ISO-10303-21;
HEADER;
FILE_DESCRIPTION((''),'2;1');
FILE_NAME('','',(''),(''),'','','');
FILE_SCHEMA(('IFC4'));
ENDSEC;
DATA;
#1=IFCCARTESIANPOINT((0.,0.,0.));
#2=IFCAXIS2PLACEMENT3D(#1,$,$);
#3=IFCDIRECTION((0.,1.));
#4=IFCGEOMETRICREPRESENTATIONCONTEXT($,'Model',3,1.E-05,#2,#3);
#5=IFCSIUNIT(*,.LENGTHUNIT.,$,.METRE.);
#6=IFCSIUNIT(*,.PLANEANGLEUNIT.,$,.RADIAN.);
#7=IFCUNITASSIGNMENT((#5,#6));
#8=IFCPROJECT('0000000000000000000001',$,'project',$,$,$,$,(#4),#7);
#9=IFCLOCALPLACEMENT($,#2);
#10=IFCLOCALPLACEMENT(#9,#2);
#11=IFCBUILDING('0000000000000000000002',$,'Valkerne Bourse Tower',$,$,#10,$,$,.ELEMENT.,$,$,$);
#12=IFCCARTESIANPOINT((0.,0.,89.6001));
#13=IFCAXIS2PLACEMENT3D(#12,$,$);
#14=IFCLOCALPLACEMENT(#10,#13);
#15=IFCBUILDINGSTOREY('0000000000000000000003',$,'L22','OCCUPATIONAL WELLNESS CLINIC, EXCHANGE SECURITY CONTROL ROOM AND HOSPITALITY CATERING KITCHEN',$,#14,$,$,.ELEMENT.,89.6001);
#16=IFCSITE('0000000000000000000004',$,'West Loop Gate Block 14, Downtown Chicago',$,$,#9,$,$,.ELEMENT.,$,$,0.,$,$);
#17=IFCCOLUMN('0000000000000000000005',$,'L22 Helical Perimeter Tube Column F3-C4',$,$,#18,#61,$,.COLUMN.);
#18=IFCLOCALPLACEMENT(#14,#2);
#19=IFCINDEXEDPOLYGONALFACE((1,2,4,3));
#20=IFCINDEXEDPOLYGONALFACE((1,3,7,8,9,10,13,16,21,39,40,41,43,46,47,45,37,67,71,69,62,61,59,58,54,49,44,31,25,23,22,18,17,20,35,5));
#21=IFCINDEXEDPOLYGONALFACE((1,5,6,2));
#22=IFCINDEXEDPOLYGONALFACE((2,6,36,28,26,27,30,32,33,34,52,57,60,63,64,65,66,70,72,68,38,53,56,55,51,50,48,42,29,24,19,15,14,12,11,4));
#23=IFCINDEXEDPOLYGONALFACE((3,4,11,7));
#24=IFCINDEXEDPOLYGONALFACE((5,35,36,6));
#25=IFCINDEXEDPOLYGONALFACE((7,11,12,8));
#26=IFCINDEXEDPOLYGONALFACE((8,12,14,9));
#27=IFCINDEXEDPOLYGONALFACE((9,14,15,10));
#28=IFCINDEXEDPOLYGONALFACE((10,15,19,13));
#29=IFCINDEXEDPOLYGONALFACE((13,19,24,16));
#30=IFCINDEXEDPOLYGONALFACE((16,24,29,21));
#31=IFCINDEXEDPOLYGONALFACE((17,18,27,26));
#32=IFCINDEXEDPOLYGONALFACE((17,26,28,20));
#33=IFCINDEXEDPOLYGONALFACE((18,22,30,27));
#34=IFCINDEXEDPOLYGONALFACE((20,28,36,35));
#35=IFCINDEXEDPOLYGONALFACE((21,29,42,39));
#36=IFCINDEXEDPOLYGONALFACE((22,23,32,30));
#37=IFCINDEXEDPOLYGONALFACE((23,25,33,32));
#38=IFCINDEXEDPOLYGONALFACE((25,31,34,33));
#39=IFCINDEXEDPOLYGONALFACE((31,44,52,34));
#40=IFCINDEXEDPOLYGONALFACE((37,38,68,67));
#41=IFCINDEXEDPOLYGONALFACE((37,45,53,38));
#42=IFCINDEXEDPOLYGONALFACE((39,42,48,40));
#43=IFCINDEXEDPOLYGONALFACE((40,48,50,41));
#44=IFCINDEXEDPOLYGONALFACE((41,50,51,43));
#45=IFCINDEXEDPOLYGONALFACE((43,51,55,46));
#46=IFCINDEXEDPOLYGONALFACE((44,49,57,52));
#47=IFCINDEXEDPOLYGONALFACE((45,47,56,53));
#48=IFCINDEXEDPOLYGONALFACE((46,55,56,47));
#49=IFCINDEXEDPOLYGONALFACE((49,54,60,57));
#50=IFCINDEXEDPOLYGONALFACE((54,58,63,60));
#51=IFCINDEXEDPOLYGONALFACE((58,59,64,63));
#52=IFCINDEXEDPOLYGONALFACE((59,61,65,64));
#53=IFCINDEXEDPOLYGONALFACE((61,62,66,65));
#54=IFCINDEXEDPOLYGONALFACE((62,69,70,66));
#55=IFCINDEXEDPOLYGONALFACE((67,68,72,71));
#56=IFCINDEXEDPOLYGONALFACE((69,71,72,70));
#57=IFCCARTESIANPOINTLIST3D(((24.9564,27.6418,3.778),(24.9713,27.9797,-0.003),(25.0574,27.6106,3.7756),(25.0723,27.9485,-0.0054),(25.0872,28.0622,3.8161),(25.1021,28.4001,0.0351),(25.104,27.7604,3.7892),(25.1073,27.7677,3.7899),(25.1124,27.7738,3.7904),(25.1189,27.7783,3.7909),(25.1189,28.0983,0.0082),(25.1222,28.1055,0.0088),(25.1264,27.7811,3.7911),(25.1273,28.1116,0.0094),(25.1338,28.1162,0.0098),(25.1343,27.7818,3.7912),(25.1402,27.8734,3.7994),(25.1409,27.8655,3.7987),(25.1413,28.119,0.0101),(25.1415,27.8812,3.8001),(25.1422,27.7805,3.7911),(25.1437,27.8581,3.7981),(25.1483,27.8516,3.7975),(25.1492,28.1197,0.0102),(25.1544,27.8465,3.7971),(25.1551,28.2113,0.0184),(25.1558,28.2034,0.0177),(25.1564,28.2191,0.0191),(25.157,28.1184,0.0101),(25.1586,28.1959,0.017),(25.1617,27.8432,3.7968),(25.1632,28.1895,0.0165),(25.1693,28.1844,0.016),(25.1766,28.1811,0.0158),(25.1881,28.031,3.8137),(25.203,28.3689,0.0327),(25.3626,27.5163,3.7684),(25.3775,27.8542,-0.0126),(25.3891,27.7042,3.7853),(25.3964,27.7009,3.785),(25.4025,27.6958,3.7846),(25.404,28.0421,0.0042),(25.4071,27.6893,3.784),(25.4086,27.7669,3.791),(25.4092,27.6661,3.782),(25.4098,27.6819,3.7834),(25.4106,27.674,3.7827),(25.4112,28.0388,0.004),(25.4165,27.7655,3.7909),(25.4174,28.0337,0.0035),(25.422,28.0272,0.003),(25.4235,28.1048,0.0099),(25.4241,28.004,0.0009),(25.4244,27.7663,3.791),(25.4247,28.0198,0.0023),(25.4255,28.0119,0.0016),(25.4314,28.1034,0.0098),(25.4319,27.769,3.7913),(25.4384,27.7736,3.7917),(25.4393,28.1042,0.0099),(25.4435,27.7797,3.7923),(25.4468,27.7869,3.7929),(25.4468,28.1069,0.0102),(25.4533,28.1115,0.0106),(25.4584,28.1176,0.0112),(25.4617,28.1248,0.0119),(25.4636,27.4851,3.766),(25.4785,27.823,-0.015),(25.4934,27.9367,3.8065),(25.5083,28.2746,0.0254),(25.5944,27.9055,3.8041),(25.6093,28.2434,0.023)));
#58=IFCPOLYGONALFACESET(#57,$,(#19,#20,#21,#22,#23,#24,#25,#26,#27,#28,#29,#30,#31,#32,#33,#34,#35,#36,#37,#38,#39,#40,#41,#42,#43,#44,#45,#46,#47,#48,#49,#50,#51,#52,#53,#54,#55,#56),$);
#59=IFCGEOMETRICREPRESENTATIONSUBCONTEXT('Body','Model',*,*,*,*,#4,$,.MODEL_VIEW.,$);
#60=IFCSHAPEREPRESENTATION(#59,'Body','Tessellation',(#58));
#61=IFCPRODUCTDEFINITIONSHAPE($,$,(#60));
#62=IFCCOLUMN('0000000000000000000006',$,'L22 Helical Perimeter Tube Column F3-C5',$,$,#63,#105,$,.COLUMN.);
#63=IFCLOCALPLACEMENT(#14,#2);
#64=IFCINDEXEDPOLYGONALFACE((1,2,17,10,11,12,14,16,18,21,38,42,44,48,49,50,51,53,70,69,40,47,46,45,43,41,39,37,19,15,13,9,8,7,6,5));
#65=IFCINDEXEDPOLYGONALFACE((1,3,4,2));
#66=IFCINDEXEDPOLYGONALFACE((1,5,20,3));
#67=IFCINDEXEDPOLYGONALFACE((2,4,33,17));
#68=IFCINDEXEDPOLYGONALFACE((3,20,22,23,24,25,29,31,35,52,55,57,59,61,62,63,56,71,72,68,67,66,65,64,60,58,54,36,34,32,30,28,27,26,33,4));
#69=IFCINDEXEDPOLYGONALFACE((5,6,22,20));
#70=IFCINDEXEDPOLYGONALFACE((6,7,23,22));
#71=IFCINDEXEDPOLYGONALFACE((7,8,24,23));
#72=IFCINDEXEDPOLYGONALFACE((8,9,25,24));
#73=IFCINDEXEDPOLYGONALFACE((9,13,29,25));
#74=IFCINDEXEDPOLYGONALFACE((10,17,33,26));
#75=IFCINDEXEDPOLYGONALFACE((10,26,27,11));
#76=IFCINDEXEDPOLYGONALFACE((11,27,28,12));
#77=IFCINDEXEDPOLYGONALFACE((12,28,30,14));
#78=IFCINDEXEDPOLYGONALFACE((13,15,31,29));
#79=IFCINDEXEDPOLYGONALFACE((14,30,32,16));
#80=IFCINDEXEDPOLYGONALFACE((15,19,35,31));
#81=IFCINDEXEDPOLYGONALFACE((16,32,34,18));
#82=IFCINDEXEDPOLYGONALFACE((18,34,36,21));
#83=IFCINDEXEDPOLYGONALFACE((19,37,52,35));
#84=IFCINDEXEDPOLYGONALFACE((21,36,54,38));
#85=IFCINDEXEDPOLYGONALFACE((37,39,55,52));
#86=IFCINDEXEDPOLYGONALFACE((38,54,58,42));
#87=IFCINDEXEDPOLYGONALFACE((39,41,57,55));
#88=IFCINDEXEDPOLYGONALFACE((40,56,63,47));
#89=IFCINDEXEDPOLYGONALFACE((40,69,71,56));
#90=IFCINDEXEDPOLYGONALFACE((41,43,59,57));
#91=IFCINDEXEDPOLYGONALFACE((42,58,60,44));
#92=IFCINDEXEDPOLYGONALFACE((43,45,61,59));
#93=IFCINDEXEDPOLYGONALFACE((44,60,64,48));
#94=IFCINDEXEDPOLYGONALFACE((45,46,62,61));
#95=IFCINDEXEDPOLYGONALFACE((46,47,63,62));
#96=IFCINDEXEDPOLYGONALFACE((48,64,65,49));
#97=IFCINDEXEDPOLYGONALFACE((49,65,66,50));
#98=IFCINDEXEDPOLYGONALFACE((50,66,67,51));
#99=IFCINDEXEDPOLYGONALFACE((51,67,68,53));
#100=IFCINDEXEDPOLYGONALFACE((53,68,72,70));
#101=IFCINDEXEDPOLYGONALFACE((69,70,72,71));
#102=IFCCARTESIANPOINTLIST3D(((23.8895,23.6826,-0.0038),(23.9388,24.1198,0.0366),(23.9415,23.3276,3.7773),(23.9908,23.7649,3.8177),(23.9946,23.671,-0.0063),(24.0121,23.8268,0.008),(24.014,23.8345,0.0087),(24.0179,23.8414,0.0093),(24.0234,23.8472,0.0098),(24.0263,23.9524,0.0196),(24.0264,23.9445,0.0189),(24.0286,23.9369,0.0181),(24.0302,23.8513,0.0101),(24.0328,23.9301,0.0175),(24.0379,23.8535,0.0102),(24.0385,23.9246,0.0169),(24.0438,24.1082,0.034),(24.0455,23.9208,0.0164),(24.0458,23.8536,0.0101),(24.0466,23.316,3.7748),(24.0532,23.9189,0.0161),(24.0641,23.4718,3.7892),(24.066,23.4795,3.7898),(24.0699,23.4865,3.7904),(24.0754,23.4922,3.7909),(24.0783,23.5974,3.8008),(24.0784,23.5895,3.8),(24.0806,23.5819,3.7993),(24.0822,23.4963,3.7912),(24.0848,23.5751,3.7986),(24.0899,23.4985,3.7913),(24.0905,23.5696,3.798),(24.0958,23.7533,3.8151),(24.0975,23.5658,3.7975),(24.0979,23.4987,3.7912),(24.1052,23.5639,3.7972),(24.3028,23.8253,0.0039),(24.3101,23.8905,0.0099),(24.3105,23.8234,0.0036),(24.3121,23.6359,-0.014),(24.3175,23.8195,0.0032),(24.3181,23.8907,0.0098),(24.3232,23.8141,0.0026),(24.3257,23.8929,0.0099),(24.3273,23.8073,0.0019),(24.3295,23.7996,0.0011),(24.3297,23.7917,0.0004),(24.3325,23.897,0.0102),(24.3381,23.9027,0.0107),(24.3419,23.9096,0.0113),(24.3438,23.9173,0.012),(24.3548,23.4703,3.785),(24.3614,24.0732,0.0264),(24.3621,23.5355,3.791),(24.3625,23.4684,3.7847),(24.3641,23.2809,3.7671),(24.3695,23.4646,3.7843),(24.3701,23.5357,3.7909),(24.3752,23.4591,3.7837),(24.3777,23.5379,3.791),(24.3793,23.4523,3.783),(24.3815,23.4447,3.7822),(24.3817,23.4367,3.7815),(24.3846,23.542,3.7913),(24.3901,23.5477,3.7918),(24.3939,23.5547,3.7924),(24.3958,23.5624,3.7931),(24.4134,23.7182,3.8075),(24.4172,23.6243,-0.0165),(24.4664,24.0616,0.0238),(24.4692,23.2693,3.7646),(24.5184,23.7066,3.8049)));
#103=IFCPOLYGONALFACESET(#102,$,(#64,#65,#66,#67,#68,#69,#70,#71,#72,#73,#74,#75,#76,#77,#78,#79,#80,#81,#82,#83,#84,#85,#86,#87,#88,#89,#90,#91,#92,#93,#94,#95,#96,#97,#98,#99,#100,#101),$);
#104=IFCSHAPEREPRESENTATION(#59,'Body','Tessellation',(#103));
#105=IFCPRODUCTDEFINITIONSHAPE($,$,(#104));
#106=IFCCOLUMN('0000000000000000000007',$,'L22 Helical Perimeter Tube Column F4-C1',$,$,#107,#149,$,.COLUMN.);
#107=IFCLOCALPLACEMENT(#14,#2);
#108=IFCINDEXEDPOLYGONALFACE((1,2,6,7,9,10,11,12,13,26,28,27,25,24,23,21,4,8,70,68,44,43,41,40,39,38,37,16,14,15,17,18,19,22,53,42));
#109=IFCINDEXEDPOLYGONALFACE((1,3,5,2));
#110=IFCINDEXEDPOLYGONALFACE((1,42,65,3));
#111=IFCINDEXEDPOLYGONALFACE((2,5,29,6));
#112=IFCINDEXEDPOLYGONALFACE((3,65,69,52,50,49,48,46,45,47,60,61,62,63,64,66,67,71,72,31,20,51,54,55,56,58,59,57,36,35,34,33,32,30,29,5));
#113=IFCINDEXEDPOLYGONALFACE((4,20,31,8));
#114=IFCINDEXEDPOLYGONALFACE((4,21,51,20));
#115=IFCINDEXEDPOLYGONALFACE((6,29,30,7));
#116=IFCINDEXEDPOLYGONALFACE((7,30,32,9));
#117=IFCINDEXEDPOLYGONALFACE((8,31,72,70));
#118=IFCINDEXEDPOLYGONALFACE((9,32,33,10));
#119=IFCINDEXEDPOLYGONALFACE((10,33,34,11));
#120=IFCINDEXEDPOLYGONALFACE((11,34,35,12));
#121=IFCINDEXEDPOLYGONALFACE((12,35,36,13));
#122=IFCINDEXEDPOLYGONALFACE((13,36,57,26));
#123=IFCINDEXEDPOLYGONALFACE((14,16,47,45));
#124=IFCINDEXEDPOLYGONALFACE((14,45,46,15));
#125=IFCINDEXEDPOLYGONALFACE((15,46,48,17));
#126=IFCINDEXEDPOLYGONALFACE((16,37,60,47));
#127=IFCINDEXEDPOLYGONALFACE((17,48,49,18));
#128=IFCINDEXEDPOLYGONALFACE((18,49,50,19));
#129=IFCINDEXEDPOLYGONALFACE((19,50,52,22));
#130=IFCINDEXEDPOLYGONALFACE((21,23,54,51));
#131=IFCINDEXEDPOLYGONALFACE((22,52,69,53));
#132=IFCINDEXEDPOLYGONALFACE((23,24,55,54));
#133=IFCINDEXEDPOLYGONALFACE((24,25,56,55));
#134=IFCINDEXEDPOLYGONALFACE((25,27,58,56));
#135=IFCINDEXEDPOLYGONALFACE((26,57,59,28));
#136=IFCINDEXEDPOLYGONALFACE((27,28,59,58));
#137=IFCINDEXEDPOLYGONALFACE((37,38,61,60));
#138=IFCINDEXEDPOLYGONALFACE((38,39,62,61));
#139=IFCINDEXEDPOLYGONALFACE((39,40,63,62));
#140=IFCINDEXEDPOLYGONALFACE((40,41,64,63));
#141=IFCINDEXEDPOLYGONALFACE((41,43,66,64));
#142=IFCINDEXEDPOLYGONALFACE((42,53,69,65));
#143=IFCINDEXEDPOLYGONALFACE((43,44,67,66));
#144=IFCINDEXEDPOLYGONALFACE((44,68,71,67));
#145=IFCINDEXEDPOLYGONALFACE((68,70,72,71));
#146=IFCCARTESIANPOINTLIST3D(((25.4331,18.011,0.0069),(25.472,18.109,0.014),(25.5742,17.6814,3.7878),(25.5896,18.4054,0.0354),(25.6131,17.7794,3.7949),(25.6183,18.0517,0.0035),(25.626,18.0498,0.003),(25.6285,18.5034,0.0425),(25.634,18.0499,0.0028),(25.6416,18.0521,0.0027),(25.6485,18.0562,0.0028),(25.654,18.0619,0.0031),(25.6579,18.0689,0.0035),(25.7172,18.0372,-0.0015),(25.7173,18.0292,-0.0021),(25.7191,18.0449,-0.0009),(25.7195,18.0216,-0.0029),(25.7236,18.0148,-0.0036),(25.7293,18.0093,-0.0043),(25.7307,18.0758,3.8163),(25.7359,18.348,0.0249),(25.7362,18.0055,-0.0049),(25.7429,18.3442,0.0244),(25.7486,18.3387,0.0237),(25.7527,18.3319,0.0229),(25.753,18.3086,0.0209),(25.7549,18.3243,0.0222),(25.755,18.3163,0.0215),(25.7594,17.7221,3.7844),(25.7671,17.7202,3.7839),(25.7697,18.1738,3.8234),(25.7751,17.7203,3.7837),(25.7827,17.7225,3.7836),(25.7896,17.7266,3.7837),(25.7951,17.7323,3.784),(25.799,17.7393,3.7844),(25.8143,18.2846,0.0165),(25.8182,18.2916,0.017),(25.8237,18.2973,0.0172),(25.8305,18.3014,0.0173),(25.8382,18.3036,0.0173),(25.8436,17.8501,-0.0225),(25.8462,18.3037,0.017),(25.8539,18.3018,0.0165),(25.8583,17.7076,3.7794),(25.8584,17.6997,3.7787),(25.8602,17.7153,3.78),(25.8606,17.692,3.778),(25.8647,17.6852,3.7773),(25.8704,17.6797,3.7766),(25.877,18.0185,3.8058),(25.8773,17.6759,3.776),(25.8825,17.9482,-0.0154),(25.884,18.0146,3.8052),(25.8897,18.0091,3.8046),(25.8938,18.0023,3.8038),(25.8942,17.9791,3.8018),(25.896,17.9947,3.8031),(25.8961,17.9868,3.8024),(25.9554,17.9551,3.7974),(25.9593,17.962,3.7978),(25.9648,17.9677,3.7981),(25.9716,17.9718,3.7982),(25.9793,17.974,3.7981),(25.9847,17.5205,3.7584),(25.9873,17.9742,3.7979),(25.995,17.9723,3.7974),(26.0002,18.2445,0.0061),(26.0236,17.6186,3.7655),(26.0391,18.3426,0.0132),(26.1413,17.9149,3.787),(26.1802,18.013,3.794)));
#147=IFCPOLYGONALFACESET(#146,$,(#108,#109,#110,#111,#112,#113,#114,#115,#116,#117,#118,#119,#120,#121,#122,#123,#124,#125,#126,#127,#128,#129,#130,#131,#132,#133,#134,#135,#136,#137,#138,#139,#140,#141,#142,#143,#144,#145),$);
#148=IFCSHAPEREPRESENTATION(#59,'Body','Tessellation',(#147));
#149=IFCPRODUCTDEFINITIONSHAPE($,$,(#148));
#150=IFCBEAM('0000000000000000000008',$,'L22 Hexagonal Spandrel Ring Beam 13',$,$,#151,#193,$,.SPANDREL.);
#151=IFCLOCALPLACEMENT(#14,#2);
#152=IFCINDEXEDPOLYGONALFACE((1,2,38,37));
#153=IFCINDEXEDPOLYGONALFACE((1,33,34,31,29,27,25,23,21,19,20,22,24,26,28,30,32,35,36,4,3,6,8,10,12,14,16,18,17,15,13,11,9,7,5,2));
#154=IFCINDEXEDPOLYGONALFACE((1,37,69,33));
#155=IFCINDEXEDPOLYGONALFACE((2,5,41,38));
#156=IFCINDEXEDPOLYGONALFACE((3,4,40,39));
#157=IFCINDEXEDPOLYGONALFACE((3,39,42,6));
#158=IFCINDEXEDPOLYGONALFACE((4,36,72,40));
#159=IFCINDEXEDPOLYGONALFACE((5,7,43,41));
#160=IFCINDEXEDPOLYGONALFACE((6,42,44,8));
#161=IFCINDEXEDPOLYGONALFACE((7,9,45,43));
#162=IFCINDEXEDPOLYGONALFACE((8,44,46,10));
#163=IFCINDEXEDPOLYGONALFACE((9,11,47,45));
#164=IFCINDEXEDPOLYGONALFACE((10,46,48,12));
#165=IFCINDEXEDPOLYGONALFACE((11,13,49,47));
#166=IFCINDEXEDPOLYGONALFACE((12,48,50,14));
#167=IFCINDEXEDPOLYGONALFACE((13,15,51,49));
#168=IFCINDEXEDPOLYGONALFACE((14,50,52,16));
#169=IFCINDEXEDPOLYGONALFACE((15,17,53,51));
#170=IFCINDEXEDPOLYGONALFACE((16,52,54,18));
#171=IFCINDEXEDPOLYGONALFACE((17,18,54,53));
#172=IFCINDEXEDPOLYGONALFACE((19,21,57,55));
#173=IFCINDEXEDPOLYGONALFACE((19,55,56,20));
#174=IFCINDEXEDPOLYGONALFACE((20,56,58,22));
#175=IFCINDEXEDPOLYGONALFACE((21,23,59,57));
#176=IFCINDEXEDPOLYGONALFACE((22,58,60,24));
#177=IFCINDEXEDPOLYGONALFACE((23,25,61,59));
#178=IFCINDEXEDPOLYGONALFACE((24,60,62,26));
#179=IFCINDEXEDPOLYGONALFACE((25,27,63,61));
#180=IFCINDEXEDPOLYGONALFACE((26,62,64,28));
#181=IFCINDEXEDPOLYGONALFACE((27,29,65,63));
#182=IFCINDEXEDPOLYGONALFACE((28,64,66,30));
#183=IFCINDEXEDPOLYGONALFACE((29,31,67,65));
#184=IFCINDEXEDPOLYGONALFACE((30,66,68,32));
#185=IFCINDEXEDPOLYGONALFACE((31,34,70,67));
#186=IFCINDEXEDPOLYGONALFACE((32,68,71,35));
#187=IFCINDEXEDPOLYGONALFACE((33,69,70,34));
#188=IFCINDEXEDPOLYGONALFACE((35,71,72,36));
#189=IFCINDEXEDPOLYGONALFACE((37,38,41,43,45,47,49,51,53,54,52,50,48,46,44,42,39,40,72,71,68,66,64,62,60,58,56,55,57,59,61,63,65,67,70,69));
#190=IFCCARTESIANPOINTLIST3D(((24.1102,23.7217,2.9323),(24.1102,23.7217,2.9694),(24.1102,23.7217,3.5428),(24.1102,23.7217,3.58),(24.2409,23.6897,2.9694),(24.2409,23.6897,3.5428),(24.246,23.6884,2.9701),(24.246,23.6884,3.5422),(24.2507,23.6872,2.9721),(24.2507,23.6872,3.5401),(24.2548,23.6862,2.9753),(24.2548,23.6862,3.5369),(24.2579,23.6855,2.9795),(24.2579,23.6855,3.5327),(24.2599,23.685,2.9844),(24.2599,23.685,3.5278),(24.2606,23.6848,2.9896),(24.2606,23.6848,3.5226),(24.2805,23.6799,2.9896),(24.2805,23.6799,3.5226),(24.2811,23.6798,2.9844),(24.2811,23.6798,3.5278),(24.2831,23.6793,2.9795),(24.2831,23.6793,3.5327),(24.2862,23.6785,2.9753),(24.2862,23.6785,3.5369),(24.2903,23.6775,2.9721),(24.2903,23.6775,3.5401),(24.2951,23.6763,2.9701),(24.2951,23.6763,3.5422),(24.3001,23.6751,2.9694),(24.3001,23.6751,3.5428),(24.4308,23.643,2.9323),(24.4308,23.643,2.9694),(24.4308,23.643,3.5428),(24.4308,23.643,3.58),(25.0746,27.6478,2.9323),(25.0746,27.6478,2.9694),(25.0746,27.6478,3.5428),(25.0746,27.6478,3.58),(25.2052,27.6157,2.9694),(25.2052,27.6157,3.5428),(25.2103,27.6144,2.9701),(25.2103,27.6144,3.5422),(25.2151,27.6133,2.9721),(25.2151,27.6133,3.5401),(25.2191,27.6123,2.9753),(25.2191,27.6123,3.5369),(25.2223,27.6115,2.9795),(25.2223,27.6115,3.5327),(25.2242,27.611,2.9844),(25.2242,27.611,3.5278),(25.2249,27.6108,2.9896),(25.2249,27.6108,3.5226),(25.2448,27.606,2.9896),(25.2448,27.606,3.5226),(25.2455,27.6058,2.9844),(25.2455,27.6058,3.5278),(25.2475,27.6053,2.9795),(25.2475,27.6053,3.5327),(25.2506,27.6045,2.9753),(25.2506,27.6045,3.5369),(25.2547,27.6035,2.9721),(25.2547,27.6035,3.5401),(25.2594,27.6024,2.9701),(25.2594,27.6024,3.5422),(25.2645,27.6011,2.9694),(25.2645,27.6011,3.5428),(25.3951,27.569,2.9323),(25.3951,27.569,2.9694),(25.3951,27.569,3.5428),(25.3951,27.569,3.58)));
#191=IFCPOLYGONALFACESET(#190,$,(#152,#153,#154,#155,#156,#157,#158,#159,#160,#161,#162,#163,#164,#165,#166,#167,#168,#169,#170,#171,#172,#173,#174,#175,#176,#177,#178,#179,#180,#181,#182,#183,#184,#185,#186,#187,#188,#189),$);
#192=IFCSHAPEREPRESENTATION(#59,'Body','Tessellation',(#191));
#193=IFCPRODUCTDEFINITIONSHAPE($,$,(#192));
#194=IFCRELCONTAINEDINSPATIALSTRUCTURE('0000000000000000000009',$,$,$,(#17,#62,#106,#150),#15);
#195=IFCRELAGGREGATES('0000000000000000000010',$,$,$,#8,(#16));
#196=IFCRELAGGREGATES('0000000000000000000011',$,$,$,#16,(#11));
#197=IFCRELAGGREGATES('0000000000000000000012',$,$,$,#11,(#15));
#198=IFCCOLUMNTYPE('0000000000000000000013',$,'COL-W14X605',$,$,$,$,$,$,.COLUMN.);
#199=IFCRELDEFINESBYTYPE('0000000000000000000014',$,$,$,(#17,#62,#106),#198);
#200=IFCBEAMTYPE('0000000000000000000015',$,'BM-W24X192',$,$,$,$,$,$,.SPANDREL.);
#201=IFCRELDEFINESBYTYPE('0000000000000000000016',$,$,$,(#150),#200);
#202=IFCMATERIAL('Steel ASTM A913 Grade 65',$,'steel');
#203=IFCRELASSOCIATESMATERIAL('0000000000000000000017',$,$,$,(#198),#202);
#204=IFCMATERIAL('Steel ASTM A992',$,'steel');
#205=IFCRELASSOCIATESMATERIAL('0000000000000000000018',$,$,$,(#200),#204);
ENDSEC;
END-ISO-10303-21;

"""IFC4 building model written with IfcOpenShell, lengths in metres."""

from ifc_helpers import new_model, si_unit, direction, frame, origin, origin_2d, place, context, subcontext, project, spatial, i_section, extrude, material, material_profile, profile_set, type_object, element, save


model = new_model("IFC4")

# Units and contexts
model_context = context("Model", 3, precision=1e-05, world=origin(), true_north=direction((0.0, 1.0)))
body_context = subcontext(model_context, "Body", "Model", "MODEL_VIEW")
ifc_project = project(units=[si_unit("LENGTHUNIT", "METRE"), si_unit("PLANEANGLEUNIT", "RADIAN")], contexts=[model_context])

# Site, building, storey
site_placement = place(None, origin())
site = spatial("IfcSite", under=ifc_project, at=site_placement, Name="West Loop Gate Block 14, Downtown Chicago", CompositionType="ELEMENT", RefElevation=0.0)
building_placement = place(site_placement, origin())
building = spatial("IfcBuilding", under=site, at=building_placement, Name="Valkerne Bourse Tower", CompositionType="ELEMENT")
storey_placement = place(building_placement, frame((0.0, 0.0, 89.6001)))
storey = spatial("IfcBuildingStorey", under=building, at=storey_placement, Name="L22", Description="OCCUPATIONAL WELLNESS CLINIC, EXCHANGE SECURITY CONTROL ROOM AND HOSPITALITY CATERING KITCHEN", CompositionType="ELEMENT", Elevation=89.6001)

# Columns
ifc_material_1 = material(Name="Steel ASTM A913 Grade 65", Category="steel")
ifc_material_profile_1 = material_profile(ifc_material_1, i_section(OverallWidth=0.4419, OverallDepth=0.531, WebThickness=0.0659, FlangeThickness=0.1057, FilletRadius=0.0305, at=origin_2d()), Name="W14X605")
ifc_profile_set_1 = profile_set([ifc_material_profile_1], Name="Steel ASTM A913 Grade 65")
column_type = type_object("IfcColumnType", Name="COL-W14X605", PredefinedType="COLUMN", material=ifc_profile_set_1)
column_1_placement = place(storey_placement, frame((25.2903, 28.1116, 0.01), z_axis=(-0.003923, -0.08901, 0.996023), x_axis=(-0.295934, -0.951313, -0.08618)))
element("IfcColumn", 1, at=column_1_placement, inside=storey, type_object=column_type, Name="L22 Helical Perimeter Tube Column F3-C4", PredefinedType="COLUMN", context=body_context, shape_type="SweptSolid", body=[
    extrude(i_section(OverallWidth=0.4419, OverallDepth=0.531, WebThickness=0.0659, FlangeThickness=0.1057, FilletRadius=0.0305, at=origin_2d()), origin(), (0.0, 0.0, 1.0), 3.7961),
])
column_2_placement = place(storey_placement, frame((24.178, 23.8721, 0.01), z_axis=(0.013692, -0.093465, 0.995528), x_axis=(-0.111504, -0.989555, -0.091371)))
element("IfcColumn", 2, at=column_2_placement, inside=storey, type_object=column_type, Name="L22 Helical Perimeter Tube Column F3-C5", PredefinedType="COLUMN", context=body_context, shape_type="SweptSolid", body=[
    extrude(i_section(OverallWidth=0.4419, OverallDepth=0.531, WebThickness=0.0659, FlangeThickness=0.1057, FilletRadius=0.0305, at=origin_2d()), origin(), (0.0, 0.0, 1.0), 3.7981),
])
column_3_placement = place(storey_placement, frame((25.7361, 18.1768, 0.01), z_axis=(0.037155, -0.086781, 0.995534), x_axis=(0.929041, -0.363969, -0.0664)))
element("IfcColumn", 3, at=column_3_placement, inside=storey, type_object=column_type, Name="L22 Helical Perimeter Tube Column F4-C1", PredefinedType="COLUMN", context=body_context, shape_type="SweptSolid", body=[
    extrude(i_section(OverallWidth=0.4419, OverallDepth=0.531, WebThickness=0.0659, FlangeThickness=0.1057, FilletRadius=0.0305, at=origin_2d()), origin(), (0.0, 0.0, 1.0), 3.7979),
])

# Beam
ifc_material_2 = material(Name="Steel ASTM A992", Category="steel")
ifc_material_profile_2 = material_profile(ifc_material_2, i_section(OverallWidth=0.3301, OverallDepth=0.6477, WebThickness=0.0205, FlangeThickness=0.0371, FilletRadius=0.0203, at=origin_2d()), Name="W24X192")
ifc_profile_set_2 = profile_set([ifc_material_profile_2], Name="Steel ASTM A992")
beam_type = type_object("IfcBeamType", Name="BM-W24X192", PredefinedType="SPANDREL", material=ifc_profile_set_2)
beam_1_placement = place(storey_placement, frame((25.2349, 27.6084, 3.2561), z_axis=(-0.238541, -0.971132, 0.0), x_axis=(0.971132, -0.238541, 0.0)))
element("IfcBeam", 4, at=beam_1_placement, inside=storey, type_object=beam_type, Name="L22 Hexagonal Spandrel Ring Beam 13", PredefinedType="SPANDREL", context=body_context, shape_type="SweptSolid", body=[
    extrude(i_section(OverallWidth=0.3301, OverallDepth=0.6477, WebThickness=0.0205, FlangeThickness=0.0371, FilletRadius=0.0203, at=origin_2d()), origin(), (0.0, 0.0, 1.0), 4.0427),
])

save(model, "model.ifc")
